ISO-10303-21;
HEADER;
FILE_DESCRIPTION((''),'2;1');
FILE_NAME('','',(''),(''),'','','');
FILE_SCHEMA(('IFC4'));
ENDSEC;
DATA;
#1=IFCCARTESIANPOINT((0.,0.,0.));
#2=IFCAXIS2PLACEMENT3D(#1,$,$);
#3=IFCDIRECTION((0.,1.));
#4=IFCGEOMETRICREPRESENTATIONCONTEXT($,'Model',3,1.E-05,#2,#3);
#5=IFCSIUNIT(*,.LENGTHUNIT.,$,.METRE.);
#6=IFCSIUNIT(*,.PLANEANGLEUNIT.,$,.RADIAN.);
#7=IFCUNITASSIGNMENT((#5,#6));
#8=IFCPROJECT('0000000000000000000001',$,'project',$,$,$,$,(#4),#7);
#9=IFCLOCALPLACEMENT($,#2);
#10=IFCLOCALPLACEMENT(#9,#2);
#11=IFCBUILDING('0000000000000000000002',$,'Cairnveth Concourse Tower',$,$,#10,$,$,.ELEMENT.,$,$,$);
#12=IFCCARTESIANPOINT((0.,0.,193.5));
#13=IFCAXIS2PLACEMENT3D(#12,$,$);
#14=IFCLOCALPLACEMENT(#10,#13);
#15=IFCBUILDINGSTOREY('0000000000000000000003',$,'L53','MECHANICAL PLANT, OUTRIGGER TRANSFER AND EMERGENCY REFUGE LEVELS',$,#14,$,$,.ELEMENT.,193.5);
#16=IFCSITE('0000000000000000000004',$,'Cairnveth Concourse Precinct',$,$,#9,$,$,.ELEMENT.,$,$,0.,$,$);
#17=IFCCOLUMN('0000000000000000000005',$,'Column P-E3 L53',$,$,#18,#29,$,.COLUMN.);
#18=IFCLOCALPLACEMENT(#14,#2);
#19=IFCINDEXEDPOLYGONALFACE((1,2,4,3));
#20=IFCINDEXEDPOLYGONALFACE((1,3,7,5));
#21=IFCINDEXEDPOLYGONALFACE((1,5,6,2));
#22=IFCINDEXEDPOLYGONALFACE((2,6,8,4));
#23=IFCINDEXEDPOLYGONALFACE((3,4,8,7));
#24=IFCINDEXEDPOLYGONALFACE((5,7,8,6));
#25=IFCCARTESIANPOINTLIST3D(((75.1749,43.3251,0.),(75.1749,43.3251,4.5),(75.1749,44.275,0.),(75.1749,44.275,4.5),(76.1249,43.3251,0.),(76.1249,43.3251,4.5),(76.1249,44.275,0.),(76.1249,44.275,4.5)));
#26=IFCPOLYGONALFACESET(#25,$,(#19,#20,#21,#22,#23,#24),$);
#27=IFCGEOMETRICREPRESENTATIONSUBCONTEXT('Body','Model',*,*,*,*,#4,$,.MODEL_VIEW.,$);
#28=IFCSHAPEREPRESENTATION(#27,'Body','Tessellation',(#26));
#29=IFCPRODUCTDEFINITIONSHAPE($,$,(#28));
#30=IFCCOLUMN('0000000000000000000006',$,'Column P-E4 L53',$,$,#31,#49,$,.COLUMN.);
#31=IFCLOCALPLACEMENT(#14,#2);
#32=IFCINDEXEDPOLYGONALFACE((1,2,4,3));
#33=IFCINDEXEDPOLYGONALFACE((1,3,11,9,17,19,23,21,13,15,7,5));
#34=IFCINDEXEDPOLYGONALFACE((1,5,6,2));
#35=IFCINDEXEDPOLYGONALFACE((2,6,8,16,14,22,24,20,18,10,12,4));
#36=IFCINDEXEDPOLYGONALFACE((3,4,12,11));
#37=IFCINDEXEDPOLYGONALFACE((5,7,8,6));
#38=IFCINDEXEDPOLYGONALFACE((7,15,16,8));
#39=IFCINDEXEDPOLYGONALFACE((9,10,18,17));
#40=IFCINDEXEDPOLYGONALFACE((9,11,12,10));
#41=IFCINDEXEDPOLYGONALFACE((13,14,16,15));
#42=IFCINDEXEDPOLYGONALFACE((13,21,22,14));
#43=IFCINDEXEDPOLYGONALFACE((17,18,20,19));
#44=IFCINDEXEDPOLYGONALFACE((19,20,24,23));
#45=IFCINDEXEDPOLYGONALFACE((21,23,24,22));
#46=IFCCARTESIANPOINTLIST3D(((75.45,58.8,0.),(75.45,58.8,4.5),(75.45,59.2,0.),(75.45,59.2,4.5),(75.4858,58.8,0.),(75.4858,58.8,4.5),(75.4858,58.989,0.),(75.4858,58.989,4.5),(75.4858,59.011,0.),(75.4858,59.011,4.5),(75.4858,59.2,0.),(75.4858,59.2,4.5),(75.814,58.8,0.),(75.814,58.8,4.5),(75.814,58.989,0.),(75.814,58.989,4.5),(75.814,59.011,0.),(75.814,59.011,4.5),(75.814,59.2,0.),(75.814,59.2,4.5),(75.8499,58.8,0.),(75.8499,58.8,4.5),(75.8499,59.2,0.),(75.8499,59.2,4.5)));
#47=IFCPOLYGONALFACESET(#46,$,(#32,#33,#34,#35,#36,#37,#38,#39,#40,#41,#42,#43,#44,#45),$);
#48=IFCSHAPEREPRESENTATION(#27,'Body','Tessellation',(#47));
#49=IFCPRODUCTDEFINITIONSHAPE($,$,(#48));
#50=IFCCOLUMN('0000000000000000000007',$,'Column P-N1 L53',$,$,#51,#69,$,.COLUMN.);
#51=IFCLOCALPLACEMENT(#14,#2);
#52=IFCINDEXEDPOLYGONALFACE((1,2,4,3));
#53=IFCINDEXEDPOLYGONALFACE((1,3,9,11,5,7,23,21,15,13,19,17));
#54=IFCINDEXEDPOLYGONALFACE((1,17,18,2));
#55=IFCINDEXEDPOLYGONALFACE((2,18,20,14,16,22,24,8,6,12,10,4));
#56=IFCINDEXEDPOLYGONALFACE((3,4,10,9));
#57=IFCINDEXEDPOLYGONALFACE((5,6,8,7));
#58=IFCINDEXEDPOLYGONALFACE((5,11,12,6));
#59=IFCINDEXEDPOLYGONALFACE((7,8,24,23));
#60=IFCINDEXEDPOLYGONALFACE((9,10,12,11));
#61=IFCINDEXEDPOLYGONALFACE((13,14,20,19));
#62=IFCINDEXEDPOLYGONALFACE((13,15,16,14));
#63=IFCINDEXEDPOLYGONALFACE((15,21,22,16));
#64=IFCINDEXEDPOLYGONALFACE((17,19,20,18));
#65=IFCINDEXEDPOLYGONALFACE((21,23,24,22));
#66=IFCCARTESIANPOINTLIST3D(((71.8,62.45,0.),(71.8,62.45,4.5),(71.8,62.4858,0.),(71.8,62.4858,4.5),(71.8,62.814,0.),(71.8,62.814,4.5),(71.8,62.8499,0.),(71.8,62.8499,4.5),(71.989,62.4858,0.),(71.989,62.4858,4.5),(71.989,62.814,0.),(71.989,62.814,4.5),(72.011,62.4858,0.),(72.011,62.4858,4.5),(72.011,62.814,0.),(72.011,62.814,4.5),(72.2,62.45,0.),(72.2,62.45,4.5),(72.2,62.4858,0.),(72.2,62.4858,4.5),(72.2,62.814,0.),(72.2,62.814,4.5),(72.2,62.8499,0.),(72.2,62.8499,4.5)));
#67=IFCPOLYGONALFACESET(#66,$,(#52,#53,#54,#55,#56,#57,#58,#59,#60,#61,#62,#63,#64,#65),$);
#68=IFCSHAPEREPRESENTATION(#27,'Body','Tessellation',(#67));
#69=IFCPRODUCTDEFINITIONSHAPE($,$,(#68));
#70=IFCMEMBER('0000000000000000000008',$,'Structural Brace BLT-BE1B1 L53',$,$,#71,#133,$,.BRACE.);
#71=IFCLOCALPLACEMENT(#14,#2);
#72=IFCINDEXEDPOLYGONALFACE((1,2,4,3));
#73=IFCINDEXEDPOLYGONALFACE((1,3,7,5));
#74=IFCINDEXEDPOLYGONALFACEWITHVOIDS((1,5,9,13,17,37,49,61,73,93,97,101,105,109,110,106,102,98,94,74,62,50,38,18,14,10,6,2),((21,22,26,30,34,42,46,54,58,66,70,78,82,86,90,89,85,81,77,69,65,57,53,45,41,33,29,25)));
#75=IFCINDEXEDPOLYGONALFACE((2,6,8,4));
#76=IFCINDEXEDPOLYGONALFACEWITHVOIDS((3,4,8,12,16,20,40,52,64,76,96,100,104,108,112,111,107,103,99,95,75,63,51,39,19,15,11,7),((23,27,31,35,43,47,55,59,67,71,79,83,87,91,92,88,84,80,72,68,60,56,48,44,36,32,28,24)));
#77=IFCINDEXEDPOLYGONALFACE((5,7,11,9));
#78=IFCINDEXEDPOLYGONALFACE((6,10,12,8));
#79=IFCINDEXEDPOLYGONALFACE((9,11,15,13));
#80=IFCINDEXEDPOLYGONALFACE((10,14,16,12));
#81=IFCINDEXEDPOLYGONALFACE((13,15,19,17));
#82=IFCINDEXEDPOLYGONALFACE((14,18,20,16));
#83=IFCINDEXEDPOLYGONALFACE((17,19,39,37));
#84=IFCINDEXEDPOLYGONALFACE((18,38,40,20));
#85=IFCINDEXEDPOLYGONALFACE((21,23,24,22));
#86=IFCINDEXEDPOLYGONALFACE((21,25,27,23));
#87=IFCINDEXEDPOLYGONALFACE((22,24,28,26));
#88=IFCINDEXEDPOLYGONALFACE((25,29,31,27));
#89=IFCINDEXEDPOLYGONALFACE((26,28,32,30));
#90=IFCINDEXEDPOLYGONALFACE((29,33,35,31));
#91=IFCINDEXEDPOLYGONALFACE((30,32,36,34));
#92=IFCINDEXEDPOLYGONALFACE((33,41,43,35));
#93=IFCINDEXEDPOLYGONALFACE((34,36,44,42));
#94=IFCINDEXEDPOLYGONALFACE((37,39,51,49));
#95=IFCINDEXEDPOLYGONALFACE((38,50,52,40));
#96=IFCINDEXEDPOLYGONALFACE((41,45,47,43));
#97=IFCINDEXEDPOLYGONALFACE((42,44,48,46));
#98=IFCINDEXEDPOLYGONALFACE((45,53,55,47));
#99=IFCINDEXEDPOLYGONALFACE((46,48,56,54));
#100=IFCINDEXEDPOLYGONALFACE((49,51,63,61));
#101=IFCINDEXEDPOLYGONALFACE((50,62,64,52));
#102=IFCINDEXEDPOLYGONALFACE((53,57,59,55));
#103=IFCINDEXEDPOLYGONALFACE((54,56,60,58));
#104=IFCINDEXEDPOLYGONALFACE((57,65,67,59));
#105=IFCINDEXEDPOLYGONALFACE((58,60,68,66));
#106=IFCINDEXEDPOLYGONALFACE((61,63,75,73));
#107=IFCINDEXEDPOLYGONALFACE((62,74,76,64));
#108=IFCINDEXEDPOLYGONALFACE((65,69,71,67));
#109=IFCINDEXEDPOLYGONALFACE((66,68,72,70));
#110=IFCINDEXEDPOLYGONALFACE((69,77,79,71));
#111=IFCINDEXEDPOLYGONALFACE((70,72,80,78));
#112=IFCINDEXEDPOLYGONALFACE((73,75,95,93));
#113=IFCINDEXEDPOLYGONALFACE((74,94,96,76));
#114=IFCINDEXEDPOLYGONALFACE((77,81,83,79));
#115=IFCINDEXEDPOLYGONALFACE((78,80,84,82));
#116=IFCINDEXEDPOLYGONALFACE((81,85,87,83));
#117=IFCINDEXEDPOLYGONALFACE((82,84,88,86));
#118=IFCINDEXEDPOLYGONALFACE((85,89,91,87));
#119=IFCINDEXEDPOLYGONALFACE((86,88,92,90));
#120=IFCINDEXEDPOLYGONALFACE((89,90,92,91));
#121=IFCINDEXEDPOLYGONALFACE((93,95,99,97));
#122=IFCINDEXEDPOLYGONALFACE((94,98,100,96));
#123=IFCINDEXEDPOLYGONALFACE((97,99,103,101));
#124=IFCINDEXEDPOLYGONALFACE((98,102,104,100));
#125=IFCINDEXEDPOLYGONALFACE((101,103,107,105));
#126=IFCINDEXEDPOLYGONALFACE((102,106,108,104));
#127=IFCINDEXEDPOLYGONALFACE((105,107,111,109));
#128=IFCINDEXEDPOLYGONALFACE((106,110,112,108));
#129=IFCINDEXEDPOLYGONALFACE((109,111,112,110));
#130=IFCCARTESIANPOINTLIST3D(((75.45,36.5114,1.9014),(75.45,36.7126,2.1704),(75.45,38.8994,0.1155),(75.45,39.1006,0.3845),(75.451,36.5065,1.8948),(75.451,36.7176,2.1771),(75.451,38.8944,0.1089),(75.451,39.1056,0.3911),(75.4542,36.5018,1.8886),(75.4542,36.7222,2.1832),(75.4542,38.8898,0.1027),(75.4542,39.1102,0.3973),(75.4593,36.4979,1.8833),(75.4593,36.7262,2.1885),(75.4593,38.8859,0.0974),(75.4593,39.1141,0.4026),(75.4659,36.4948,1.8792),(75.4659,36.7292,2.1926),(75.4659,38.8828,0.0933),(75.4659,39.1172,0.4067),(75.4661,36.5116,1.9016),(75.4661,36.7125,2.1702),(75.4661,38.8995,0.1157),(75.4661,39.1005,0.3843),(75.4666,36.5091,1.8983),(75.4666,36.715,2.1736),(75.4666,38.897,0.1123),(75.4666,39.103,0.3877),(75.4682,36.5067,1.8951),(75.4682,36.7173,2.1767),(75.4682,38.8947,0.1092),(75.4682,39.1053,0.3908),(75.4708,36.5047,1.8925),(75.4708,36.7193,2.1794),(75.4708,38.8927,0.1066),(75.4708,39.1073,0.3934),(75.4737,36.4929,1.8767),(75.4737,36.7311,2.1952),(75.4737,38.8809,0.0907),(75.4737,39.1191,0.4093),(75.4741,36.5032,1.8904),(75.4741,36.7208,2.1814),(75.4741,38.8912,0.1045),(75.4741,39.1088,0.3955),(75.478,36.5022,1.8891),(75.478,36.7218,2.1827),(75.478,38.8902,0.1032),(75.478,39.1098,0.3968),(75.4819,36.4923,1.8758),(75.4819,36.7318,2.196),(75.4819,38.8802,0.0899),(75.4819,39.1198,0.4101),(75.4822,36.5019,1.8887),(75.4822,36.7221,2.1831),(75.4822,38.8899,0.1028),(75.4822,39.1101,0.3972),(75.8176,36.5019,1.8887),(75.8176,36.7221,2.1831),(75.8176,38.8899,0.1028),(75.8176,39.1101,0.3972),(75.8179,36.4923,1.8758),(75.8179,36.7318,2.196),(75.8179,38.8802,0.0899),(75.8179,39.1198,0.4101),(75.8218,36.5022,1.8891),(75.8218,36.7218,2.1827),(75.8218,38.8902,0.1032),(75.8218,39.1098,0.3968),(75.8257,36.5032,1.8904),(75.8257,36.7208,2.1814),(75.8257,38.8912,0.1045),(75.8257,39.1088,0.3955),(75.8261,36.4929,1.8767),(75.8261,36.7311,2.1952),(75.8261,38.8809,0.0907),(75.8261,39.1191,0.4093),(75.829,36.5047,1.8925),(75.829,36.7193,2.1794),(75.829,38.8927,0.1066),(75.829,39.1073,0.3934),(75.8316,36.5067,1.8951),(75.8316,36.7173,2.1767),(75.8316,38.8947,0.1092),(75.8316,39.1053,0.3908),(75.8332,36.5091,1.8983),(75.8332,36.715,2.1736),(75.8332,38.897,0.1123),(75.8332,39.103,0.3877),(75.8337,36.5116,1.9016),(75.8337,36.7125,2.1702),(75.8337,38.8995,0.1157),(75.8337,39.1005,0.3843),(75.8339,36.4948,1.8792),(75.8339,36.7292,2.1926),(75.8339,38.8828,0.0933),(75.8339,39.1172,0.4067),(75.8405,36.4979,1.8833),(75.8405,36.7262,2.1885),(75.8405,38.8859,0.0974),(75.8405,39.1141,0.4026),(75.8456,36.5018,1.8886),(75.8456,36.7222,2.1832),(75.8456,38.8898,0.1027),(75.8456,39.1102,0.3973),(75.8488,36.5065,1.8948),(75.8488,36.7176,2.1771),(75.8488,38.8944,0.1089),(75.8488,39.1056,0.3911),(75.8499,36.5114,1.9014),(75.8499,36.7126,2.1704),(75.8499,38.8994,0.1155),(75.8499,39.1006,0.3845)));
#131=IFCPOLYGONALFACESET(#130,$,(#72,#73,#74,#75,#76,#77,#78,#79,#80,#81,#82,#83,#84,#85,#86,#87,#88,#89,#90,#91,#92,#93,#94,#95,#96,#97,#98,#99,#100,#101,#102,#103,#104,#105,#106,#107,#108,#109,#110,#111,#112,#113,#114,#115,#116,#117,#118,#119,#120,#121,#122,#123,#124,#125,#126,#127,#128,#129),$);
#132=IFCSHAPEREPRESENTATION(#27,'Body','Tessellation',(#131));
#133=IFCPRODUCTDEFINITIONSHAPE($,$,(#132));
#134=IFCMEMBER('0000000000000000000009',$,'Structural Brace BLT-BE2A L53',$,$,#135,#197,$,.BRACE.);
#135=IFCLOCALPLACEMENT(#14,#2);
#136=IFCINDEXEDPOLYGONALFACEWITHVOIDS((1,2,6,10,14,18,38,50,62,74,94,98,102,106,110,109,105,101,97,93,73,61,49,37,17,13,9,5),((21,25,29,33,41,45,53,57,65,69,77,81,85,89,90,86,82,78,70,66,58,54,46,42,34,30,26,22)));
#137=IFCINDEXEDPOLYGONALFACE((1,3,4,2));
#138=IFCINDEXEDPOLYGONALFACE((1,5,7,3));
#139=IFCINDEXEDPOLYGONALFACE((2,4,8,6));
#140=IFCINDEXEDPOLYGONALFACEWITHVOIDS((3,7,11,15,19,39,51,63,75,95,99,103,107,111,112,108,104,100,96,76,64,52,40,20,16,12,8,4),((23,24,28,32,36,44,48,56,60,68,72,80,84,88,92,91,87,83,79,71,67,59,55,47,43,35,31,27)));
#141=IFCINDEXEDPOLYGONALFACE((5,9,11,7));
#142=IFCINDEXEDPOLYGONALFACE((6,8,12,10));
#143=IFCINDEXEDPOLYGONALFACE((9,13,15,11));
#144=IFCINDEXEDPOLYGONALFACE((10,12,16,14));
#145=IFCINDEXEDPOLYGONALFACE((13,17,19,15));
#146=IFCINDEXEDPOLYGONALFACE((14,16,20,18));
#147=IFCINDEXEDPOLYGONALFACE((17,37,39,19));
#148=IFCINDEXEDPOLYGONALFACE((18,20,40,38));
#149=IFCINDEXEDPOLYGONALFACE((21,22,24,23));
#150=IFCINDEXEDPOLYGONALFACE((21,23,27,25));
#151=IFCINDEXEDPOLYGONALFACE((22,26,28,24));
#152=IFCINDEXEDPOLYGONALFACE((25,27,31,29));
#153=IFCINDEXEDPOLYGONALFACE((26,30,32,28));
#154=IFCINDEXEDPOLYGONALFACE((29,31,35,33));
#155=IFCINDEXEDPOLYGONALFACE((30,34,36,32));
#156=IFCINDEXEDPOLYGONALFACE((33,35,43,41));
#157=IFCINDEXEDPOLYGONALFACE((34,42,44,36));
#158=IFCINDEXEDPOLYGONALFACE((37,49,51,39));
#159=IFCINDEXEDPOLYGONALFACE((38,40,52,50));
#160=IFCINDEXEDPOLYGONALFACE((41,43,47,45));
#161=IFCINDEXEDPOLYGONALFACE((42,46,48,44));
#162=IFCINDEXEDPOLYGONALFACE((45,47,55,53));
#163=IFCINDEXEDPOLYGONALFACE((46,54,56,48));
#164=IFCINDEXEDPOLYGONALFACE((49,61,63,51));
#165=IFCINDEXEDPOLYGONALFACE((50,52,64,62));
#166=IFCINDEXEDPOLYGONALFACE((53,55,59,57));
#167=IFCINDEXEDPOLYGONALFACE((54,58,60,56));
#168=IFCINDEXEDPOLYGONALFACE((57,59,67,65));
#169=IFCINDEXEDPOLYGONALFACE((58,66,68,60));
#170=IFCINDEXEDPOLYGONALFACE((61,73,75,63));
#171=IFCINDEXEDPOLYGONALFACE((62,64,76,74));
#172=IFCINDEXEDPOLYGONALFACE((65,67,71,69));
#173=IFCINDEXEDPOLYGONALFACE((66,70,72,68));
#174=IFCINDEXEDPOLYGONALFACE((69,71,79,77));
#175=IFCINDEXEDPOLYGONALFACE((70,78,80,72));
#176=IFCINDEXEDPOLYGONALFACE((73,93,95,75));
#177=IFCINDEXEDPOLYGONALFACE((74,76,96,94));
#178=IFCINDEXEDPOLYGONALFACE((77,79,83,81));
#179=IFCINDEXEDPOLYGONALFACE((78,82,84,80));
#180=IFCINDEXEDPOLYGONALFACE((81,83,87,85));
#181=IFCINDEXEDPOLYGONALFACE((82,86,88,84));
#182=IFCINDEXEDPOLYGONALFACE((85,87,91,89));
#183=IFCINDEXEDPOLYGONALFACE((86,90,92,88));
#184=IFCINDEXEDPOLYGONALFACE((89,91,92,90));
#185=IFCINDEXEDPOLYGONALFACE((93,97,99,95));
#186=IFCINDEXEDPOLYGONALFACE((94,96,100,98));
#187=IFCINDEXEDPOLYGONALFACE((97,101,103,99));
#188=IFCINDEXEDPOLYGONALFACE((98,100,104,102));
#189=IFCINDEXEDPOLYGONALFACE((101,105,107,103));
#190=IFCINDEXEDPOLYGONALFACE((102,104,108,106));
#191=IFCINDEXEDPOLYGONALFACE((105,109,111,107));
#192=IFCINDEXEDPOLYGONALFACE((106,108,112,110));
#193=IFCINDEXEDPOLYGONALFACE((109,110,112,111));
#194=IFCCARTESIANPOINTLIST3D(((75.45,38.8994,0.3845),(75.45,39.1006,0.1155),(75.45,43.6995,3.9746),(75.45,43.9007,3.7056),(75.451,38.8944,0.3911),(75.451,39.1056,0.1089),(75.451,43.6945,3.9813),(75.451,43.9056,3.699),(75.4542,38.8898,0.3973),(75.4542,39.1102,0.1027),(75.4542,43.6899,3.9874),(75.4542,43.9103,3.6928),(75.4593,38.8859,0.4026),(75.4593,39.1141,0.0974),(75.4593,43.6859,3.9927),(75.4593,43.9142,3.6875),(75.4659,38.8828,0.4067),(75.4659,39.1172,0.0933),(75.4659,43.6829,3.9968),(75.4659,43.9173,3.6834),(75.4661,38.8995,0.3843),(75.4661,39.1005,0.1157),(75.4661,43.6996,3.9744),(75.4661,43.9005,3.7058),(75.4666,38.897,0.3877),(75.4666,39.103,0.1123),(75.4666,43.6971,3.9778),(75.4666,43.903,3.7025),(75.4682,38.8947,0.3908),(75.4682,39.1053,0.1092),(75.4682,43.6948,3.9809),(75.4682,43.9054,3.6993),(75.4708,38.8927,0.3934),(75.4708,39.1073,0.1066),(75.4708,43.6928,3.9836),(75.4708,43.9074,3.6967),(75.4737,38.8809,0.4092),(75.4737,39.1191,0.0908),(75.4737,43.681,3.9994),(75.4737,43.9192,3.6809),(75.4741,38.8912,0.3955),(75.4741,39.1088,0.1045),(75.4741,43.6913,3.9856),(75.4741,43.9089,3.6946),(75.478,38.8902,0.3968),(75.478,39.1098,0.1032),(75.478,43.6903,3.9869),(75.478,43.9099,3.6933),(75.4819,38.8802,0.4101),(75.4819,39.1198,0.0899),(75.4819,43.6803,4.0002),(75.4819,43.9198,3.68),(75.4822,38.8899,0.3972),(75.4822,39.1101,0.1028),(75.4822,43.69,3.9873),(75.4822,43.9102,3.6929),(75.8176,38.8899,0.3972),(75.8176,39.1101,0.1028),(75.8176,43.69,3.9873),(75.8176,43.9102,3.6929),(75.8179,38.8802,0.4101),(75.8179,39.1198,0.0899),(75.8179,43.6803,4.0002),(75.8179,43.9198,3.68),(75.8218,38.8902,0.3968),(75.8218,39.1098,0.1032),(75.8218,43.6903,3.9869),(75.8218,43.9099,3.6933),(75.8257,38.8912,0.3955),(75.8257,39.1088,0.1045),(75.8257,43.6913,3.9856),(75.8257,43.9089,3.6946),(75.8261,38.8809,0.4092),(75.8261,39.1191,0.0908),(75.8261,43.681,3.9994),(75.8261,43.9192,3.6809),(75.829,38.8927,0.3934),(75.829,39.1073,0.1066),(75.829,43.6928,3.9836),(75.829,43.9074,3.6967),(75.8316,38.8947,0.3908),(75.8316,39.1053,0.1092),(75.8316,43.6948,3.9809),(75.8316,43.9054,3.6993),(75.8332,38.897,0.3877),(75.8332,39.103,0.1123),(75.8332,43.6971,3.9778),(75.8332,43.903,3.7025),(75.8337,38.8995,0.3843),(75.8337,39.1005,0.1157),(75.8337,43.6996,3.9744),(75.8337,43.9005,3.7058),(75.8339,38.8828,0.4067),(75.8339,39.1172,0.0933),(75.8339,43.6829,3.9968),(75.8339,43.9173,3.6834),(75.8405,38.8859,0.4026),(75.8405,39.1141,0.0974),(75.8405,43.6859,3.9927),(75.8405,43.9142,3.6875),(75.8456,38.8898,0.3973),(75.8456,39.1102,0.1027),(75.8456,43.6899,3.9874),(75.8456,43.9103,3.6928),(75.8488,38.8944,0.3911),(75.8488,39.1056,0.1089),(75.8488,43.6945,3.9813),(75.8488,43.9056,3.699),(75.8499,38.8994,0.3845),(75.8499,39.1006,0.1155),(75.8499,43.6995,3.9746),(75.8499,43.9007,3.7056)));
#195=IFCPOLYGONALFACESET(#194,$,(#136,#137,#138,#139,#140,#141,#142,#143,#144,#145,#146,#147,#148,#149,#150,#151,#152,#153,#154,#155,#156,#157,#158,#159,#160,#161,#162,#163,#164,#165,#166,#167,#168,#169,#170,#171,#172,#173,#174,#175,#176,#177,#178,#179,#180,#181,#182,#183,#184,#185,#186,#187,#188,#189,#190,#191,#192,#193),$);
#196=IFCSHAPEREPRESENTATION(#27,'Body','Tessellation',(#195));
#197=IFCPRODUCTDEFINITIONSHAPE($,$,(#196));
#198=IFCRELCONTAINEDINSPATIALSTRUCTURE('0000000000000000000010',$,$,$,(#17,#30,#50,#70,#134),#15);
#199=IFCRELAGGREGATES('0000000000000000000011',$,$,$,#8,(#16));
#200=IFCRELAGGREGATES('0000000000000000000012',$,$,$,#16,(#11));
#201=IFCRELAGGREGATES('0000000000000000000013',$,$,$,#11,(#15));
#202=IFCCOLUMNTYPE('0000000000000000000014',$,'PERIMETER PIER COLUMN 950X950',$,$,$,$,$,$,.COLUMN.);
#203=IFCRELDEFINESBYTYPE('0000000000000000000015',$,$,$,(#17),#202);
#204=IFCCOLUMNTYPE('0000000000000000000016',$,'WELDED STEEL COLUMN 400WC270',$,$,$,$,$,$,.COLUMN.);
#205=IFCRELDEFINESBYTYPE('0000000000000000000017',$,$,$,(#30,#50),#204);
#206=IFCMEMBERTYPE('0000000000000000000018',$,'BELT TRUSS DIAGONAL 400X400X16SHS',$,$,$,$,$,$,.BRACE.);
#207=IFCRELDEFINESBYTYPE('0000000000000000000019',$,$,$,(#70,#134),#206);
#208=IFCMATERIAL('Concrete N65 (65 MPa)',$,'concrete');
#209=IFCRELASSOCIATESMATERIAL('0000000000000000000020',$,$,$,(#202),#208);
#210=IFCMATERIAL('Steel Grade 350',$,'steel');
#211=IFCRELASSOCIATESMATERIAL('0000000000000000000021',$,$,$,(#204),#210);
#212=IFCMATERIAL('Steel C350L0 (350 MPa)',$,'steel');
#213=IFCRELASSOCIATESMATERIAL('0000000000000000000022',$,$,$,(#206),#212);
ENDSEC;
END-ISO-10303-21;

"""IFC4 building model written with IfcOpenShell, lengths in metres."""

from ifc_helpers import new_model, si_unit, direction, frame, origin, origin_2d, place, context, subcontext, project, spatial, rectangle, hollow_rectangle, i_section, extrude, material, material_profile, profile_set, type_object, element, save


model = new_model("IFC4")

# Units and contexts
model_context = context("Model", 3, precision=1e-05, world=origin(), true_north=direction((0.0, 1.0)))
body_context = subcontext(model_context, "Body", "Model", "MODEL_VIEW")
ifc_project = project(units=[si_unit("LENGTHUNIT", "METRE"), si_unit("PLANEANGLEUNIT", "RADIAN")], contexts=[model_context])

# Site, building, storey
site_placement = place(None, origin())
site = spatial("IfcSite", under=ifc_project, at=site_placement, Name="Cairnveth Concourse Precinct", CompositionType="ELEMENT", RefElevation=0.0)
building_placement = place(site_placement, origin())
building = spatial("IfcBuilding", under=site, at=building_placement, Name="Cairnveth Concourse Tower", CompositionType="ELEMENT")
storey_placement = place(building_placement, frame((0.0, 0.0, 193.5)))
storey = spatial("IfcBuildingStorey", under=building, at=storey_placement, Name="L53", Description="MECHANICAL PLANT, OUTRIGGER TRANSFER AND EMERGENCY REFUGE LEVELS", CompositionType="ELEMENT", Elevation=193.5)

# Columns
ifc_material_1 = material(Name="Concrete N65 (65 MPa)", Category="concrete")
ifc_material_profile_1 = material_profile(ifc_material_1, rectangle(XDim=0.95, YDim=0.95, at=origin_2d()), Name="RC-COL-950x950")
ifc_profile_set_1 = profile_set([ifc_material_profile_1], Name="Concrete N65 (65 MPa)")
column_type_1 = type_object("IfcColumnType", Name="PERIMETER PIER COLUMN 950X950", PredefinedType="COLUMN", material=ifc_profile_set_1)
column_placement = place(storey_placement, frame((75.6499, 43.8, 0.0), z_axis=(0.0, 0.0, 1.0), x_axis=(0.0, 1.0, 0.0)))
element("IfcColumn", 1, at=column_placement, inside=storey, type_object=column_type_1, Name="Column P-E3 L53", PredefinedType="COLUMN", context=body_context, shape_type="SweptSolid", body=[
    extrude(rectangle(XDim=0.95, YDim=0.95, at=origin_2d()), origin(), (0.0, 0.0, 1.0), 4.5),
])
ifc_material_2 = material(Name="Steel Grade 350", Category="steel")
ifc_material_profile_2 = material_profile(ifc_material_2, i_section(OverallWidth=0.3999, OverallDepth=0.3999, WebThickness=0.022, FlangeThickness=0.0359, at=origin_2d()), Name="400WC270")
ifc_profile_set_2 = profile_set([ifc_material_profile_2], Name="Steel Grade 350")
column_type_2 = type_object("IfcColumnType", Name="WELDED STEEL COLUMN 400WC270", PredefinedType="COLUMN", material=ifc_profile_set_2)
for number, where, z_axis, x_axis, name in (
    (2, (75.6499, 59.0, 0.0), (0.0, 0.0, 1.0), (0.0, 1.0, 0.0), "Column P-E4 L53"),
    (3, (72.0, 62.6499, 0.0), (0.0, 0.0, 1.0), (1.0, 0.0, 0.0), "Column P-N1 L53"),
):
    element("IfcColumn", number, at=place(storey_placement, frame(where, z_axis=z_axis, x_axis=x_axis)), inside=storey, type_object=column_type_2, Name=name, PredefinedType="COLUMN", context=body_context, shape_type="SweptSolid", body=[
        extrude(i_section(OverallWidth=0.3999, OverallDepth=0.3999, WebThickness=0.022, FlangeThickness=0.0359, at=origin_2d()), origin(), (0.0, 0.0, 1.0), 4.5),
    ])

# Members
ifc_material_3 = material(Name="Steel C350L0 (350 MPa)", Category="steel")
ifc_material_profile_3 = material_profile(ifc_material_3, hollow_rectangle(XDim=0.3999, YDim=0.3999, WallThickness=0.0161, InnerFilletRadius=0.0161, OuterFilletRadius=0.032, at=origin_2d()), Name="400x400x16.0SHS")
ifc_profile_set_3 = profile_set([ifc_material_profile_3], Name="Steel C350L0 (350 MPa)")
member_type_1 = type_object("IfcMemberType", Name="BELT TRUSS DIAGONAL 400X400X16SHS", PredefinedType="BRACE", material=ifc_profile_set_3)
member_1_placement = place(storey_placement, frame((75.6499, 39.0, 0.25), z_axis=(0.0, -0.800815, 0.598912), x_axis=(1.0, 0.0, 0.0)))
element("IfcMember", 4, at=member_1_placement, inside=storey, type_object=member_type_1, Name="Structural Brace BLT-BE1B1 L53", PredefinedType="BRACE", context=body_context, shape_type="SweptSolid", body=[
    extrude(hollow_rectangle(XDim=0.3999, YDim=0.3999, WallThickness=0.0161, InnerFilletRadius=0.0161, OuterFilletRadius=0.032, at=origin_2d()), origin(), (0.0, 0.0, 1.0), 2.9819),
])
member_2_placement = place(storey_placement, frame((75.6499, 39.0, 0.25), z_axis=(0.0, 0.800796, 0.598937), x_axis=(-1.0, 0.0, 0.0)))
element("IfcMember", 5, at=member_2_placement, inside=storey, type_object=member_type_1, Name="Structural Brace BLT-BE2A L53", PredefinedType="BRACE", context=body_context, shape_type="SweptSolid", body=[
    extrude(hollow_rectangle(XDim=0.3999, YDim=0.3999, WallThickness=0.0161, InnerFilletRadius=0.0161, OuterFilletRadius=0.032, at=origin_2d()), origin(), (0.0, 0.0, 1.0), 5.9941),
])

save(model, "model.ifc")
